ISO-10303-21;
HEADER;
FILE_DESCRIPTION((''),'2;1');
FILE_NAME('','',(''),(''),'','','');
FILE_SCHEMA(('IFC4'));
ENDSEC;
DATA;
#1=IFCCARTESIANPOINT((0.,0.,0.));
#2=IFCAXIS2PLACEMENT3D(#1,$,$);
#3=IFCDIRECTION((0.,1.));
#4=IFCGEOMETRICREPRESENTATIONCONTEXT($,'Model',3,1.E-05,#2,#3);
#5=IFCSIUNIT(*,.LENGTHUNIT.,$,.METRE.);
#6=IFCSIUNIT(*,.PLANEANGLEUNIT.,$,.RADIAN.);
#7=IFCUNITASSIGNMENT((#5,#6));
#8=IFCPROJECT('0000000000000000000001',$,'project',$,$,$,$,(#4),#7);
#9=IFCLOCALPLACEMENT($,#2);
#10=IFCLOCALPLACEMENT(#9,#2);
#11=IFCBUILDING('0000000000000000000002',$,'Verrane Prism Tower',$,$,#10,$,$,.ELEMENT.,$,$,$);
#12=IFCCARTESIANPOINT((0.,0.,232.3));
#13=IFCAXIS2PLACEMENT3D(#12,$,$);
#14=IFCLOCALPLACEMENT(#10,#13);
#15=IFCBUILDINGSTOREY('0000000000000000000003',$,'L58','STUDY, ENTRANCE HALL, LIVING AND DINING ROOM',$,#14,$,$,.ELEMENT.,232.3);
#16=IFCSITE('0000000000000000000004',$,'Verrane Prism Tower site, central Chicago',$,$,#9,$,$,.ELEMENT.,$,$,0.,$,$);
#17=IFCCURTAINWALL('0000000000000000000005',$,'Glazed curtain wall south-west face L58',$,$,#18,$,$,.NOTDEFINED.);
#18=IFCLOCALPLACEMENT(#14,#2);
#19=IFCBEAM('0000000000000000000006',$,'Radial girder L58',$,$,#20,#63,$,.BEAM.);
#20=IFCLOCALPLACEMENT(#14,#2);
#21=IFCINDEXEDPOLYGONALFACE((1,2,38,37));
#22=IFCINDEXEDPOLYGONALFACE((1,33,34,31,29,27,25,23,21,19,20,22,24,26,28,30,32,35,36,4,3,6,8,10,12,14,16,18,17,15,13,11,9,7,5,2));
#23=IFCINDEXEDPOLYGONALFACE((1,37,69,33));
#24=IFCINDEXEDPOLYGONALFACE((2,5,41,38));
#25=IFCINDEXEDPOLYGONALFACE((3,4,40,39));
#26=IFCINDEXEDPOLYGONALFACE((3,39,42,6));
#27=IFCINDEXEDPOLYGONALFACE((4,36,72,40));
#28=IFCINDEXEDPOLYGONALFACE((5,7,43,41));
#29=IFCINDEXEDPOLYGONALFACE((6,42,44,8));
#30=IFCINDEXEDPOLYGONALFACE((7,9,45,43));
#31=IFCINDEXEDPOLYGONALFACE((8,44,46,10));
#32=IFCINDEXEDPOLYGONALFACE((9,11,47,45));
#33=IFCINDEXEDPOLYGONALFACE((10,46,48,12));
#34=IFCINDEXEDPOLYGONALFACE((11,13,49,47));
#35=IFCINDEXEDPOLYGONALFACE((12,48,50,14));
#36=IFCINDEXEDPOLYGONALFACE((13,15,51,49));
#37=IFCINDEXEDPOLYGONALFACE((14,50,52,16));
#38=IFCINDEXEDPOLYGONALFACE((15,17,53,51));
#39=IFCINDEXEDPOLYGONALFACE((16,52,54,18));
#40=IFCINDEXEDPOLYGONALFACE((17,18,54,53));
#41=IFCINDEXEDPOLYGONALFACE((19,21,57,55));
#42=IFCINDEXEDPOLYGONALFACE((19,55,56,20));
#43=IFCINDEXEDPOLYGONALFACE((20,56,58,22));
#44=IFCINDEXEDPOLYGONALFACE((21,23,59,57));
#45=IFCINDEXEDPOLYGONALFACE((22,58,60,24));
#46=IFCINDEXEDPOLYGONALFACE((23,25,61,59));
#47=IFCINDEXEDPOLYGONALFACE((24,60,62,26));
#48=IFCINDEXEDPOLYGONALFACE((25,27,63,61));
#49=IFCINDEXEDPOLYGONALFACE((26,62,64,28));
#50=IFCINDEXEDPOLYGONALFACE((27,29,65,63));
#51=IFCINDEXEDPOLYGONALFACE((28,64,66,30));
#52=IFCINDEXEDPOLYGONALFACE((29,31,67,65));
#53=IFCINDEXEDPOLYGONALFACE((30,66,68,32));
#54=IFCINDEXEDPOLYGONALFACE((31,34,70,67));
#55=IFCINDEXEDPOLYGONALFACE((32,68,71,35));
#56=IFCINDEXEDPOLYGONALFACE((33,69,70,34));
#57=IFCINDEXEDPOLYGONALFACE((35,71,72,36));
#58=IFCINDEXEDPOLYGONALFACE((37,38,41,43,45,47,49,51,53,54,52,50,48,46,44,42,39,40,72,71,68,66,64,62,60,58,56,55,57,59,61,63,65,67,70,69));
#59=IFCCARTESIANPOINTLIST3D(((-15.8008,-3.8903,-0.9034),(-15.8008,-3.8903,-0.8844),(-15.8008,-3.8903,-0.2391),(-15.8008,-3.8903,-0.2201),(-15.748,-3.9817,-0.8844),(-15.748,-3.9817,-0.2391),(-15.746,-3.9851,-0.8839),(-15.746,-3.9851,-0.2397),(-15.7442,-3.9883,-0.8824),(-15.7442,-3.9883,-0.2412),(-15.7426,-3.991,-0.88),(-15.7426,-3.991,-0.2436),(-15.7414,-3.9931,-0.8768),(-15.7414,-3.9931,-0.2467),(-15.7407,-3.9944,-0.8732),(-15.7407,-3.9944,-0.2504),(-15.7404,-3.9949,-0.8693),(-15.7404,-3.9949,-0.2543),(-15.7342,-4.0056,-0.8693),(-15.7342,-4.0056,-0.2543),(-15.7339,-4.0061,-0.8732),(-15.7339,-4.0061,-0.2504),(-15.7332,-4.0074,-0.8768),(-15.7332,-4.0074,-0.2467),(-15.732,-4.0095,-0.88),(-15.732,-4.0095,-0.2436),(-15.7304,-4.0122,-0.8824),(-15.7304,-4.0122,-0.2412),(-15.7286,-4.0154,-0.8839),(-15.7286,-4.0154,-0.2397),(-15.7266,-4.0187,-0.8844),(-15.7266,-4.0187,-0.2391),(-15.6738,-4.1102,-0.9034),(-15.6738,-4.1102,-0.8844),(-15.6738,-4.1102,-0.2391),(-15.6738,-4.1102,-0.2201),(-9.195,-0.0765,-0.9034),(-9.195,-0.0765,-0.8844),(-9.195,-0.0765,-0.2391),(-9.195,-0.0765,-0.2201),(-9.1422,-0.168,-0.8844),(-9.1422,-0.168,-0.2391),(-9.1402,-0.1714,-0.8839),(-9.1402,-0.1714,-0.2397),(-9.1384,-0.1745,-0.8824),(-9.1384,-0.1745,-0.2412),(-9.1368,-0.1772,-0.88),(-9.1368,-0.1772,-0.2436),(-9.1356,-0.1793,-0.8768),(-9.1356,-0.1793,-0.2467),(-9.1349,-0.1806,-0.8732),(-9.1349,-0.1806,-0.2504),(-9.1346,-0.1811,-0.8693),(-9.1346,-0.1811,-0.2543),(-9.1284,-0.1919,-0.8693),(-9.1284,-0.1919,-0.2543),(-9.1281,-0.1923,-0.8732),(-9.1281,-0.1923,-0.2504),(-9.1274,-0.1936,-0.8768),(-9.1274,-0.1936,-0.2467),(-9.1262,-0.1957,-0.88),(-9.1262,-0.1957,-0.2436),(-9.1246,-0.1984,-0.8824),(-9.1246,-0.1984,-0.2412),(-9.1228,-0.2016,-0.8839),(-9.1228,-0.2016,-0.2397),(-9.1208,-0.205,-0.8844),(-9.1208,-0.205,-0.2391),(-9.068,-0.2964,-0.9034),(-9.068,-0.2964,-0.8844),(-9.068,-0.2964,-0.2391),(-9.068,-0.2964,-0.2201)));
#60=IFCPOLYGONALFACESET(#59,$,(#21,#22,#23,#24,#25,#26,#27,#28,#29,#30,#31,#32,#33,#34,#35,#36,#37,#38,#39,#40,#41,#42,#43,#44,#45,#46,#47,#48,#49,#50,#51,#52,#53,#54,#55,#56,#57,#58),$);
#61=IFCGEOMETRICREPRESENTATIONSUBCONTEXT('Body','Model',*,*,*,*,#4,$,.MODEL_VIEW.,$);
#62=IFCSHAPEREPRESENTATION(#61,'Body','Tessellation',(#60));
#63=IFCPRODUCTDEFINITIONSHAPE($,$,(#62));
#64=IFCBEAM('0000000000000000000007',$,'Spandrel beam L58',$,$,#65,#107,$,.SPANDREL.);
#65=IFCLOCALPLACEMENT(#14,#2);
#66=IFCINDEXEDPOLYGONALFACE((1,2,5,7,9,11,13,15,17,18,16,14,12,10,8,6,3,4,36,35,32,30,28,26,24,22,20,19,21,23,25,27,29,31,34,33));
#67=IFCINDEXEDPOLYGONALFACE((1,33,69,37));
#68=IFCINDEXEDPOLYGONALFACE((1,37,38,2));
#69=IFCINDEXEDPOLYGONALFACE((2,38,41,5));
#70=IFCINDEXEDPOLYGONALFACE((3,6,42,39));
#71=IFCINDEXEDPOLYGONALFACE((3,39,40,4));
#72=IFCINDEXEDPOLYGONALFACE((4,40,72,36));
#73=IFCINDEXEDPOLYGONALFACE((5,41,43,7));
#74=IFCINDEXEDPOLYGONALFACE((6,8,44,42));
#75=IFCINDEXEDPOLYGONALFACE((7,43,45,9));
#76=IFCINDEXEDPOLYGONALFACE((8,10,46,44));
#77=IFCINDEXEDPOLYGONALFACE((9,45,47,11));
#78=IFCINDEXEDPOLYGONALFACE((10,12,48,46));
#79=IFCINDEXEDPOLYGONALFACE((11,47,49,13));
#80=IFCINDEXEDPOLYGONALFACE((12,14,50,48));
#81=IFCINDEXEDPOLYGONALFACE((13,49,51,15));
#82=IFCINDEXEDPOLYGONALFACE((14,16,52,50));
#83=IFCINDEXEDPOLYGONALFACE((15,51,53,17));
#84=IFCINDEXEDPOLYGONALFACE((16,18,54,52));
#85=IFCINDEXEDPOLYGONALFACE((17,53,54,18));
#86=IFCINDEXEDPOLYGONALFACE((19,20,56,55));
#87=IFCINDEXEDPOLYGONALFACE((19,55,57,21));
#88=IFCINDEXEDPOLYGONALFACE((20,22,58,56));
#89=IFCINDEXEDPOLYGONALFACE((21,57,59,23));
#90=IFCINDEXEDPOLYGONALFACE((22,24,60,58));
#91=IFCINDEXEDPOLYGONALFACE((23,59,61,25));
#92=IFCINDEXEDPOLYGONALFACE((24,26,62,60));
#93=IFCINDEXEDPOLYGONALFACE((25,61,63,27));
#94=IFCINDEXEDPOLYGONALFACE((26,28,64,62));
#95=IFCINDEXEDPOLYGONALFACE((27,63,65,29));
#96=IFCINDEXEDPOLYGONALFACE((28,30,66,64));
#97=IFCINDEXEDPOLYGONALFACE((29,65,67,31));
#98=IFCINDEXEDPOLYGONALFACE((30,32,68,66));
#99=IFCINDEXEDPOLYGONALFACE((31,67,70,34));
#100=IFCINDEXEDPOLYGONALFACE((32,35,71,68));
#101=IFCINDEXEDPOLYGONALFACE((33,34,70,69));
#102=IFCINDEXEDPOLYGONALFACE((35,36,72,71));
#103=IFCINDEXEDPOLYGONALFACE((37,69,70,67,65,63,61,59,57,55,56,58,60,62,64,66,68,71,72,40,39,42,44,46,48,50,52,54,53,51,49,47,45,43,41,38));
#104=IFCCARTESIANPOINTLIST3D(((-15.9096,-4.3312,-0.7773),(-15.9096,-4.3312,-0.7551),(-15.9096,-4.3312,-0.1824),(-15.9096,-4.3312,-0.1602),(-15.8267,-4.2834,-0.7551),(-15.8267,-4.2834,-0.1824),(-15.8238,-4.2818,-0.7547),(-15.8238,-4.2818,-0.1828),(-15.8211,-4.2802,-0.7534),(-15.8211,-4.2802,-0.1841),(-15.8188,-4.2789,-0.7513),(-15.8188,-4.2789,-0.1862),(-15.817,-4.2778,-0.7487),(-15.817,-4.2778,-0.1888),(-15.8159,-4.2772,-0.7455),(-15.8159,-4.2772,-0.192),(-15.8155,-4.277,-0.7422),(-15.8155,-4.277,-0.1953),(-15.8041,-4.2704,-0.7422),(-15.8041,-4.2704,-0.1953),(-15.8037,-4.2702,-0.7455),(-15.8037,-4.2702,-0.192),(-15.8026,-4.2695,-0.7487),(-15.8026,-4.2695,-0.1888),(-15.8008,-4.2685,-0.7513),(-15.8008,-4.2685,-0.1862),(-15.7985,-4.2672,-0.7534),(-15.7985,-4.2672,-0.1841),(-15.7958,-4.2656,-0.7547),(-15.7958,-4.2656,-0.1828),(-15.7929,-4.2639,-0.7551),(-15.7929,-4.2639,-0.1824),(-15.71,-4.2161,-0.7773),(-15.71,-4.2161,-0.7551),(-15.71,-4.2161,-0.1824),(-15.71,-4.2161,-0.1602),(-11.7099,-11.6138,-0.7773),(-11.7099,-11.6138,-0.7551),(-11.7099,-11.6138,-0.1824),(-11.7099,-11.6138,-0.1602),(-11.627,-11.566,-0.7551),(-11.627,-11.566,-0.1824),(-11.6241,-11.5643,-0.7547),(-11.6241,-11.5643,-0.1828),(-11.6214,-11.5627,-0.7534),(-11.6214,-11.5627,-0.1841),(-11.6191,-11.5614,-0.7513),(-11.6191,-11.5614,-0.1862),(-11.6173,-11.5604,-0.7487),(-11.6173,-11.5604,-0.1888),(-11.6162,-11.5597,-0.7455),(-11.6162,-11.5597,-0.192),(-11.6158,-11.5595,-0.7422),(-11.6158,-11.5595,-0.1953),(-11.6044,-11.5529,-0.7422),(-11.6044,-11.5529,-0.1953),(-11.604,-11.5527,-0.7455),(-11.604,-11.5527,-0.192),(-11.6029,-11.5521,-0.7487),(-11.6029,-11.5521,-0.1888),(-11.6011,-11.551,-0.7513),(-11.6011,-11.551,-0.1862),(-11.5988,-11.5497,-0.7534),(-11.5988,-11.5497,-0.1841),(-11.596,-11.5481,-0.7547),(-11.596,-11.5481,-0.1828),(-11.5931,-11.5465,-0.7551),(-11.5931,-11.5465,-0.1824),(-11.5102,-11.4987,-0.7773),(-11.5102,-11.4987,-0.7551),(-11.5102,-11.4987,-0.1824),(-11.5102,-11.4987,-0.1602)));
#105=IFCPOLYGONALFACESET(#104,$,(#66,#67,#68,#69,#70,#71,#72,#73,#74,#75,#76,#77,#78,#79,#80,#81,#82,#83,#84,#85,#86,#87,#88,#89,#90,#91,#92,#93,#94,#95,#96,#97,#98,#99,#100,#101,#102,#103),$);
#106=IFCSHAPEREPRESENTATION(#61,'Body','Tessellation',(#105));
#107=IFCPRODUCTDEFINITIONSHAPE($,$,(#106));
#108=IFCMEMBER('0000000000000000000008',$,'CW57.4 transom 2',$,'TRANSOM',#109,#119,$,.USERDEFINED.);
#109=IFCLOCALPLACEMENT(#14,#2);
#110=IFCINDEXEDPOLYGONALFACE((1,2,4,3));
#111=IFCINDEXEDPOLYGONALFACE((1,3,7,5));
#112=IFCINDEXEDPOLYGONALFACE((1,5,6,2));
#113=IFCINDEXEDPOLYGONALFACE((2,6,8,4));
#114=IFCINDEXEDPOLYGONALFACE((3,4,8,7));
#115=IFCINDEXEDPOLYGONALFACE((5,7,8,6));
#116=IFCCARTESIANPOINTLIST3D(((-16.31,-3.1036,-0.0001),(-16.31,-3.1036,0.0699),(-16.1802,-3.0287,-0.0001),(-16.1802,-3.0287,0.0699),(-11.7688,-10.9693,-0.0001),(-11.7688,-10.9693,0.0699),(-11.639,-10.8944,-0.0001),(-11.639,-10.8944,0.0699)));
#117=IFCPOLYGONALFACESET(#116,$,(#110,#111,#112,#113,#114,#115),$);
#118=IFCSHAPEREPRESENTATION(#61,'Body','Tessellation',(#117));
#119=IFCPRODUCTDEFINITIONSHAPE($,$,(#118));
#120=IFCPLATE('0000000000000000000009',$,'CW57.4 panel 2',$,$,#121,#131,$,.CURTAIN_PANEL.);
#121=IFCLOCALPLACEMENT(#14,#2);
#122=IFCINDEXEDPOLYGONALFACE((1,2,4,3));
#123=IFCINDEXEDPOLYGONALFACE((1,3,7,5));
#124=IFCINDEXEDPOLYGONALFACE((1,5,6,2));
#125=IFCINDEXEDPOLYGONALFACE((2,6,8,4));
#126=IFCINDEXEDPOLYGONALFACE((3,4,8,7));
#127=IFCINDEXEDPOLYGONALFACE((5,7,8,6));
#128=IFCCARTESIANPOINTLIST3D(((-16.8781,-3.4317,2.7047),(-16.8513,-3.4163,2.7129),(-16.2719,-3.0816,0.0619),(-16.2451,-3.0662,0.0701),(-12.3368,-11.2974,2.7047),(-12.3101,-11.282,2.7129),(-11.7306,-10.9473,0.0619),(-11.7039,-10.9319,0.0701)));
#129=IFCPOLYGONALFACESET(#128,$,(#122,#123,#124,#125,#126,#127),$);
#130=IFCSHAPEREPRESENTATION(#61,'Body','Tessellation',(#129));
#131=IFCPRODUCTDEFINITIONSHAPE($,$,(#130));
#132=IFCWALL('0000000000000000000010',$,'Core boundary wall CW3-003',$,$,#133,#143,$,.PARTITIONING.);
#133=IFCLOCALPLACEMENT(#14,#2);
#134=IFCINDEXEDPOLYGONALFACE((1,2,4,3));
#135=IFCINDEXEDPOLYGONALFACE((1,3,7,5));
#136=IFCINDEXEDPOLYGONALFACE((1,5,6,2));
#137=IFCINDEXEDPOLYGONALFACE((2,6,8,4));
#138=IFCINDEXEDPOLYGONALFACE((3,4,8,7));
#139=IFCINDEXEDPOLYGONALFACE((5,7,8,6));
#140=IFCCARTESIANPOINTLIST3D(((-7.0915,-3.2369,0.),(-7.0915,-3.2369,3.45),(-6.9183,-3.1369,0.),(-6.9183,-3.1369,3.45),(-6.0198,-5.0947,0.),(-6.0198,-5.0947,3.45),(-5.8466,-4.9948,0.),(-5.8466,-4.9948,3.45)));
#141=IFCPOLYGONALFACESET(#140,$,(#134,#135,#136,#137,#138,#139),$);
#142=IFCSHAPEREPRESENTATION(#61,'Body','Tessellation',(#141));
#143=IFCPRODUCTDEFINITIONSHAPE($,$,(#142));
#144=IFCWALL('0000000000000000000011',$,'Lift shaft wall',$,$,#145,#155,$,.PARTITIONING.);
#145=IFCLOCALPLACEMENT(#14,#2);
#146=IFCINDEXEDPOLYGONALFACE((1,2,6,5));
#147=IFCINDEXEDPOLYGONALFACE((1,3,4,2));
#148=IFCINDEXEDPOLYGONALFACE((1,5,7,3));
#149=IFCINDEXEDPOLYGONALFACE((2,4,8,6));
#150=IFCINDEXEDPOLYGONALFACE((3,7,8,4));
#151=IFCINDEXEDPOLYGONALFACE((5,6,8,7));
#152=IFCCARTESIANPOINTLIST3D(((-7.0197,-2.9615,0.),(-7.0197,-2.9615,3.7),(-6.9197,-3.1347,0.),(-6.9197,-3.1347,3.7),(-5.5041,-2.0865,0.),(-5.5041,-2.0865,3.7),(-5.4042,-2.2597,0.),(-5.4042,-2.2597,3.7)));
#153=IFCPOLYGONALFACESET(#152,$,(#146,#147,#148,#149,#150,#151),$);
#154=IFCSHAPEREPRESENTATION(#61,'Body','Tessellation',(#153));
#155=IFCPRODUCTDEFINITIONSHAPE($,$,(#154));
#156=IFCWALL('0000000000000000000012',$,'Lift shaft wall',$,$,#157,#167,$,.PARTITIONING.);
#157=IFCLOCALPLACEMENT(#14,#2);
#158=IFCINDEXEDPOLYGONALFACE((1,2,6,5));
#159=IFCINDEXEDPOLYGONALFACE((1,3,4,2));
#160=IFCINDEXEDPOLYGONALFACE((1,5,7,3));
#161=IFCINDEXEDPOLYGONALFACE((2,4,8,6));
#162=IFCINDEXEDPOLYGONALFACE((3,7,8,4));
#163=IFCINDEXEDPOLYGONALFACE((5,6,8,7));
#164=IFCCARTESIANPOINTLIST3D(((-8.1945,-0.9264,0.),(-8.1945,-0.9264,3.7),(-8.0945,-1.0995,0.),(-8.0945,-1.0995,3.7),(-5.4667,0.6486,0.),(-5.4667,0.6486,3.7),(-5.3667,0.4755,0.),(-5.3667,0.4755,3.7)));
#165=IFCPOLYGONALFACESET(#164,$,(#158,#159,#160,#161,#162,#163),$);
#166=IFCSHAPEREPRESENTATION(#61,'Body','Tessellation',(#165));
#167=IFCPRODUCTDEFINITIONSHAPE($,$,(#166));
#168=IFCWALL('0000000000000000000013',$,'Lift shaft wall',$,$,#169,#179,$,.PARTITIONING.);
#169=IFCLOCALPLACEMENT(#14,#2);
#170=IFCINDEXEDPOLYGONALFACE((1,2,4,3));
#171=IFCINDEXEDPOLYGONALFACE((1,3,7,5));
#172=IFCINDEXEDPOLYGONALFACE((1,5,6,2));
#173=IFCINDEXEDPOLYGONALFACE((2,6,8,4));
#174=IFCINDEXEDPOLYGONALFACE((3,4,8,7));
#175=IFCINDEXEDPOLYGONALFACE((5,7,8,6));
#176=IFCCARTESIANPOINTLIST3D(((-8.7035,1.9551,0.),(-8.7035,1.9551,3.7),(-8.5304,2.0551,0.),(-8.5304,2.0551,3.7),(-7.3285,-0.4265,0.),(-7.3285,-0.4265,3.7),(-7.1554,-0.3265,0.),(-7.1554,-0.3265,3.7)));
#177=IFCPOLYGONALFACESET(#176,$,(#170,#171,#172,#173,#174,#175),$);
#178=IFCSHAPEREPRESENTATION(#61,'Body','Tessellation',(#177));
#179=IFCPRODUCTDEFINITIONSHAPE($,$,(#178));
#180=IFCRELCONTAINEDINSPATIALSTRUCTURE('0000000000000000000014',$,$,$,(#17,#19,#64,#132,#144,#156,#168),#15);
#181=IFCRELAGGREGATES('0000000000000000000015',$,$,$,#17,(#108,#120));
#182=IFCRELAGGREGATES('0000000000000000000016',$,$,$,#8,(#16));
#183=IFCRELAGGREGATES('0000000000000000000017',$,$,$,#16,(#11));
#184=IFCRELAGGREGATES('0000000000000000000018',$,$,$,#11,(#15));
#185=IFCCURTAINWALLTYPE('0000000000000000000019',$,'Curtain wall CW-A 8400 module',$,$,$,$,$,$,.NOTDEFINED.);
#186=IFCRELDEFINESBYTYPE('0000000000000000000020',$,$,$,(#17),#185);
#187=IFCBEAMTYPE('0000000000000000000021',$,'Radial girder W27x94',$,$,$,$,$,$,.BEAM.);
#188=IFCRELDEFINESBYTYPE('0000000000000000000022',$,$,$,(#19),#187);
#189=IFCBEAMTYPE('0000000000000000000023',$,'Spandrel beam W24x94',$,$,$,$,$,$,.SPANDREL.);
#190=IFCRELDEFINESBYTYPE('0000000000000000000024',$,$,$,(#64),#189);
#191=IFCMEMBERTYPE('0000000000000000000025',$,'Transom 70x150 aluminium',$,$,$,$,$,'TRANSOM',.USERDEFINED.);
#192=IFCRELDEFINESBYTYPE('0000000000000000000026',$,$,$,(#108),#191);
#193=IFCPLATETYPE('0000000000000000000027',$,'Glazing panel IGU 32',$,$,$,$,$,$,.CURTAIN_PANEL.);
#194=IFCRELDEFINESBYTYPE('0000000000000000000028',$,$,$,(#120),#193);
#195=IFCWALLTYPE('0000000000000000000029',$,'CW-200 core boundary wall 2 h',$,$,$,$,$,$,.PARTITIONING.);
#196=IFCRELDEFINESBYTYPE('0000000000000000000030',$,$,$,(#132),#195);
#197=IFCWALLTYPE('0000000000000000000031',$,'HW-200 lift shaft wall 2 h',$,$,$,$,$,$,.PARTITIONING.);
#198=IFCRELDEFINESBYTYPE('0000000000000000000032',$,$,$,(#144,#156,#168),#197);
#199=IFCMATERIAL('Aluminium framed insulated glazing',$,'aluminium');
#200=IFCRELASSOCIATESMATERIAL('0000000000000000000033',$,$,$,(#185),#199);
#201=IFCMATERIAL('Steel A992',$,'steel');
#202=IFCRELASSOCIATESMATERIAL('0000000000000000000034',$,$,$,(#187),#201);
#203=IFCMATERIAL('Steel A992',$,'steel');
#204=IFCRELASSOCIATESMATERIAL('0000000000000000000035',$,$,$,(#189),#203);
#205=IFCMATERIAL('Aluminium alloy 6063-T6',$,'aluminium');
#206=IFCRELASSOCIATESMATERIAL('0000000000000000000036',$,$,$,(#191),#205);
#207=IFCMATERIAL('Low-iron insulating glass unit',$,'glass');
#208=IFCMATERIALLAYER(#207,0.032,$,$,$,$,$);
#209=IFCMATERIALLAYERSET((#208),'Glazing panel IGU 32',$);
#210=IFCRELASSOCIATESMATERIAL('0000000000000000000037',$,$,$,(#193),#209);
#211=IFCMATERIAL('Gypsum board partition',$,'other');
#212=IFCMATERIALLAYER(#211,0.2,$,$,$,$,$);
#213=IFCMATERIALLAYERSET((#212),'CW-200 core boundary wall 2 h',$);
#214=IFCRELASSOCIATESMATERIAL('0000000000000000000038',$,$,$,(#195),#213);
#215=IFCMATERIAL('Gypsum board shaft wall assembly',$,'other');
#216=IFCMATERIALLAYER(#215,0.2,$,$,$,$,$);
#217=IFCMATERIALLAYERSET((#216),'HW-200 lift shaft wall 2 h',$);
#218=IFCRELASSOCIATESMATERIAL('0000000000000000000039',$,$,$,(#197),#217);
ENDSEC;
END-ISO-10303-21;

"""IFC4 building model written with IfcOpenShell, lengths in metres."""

from ifc_helpers import new_model, si_unit, direction, frame, frame_2d, origin, origin_2d, place, context, subcontext, project, spatial, polyline, rectangle, i_section, outline, extrude, material, layer, layer_set, material_profile, profile_set, type_object, element, aggregate, save


model = new_model("IFC4")

# Units and contexts
model_context = context("Model", 3, precision=1e-05, world=origin(), true_north=direction((0.0, 1.0)))
body_context = subcontext(model_context, "Body", "Model", "MODEL_VIEW")
ifc_project = project(units=[si_unit("LENGTHUNIT", "METRE"), si_unit("PLANEANGLEUNIT", "RADIAN")], contexts=[model_context])

# Site, building, storey
site_placement = place(None, origin())
site = spatial("IfcSite", under=ifc_project, at=site_placement, Name="Verrane Prism Tower site, central Chicago", CompositionType="ELEMENT", RefElevation=0.0)
building_placement = place(site_placement, origin())
building = spatial("IfcBuilding", under=site, at=building_placement, Name="Verrane Prism Tower", CompositionType="ELEMENT")
storey_placement = place(building_placement, frame((0.0, 0.0, 232.3)))
storey = spatial("IfcBuildingStorey", under=building, at=storey_placement, Name="L58", Description="STUDY, ENTRANCE HALL, LIVING AND DINING ROOM", CompositionType="ELEMENT", Elevation=232.3)

# Curtain wall
ifc_material_1 = material(Name="Aluminium framed insulated glazing", Category="aluminium")
curtain_wall_type = type_object("IfcCurtainWallType", Name="Curtain wall CW-A 8400 module", PredefinedType="NOTDEFINED", material=ifc_material_1)
curtain_wall_placement = place(storey_placement, origin())
curtain_wall = element("IfcCurtainWall", 1, at=curtain_wall_placement, inside=storey, type_object=curtain_wall_type, Name="Glazed curtain wall south-west face L58", PredefinedType="NOTDEFINED")

# Beams
ifc_material_2 = material(Name="Steel A992", Category="steel")
ifc_material_profile_1 = material_profile(ifc_material_2, i_section(OverallWidth=0.2539, OverallDepth=0.6833, WebThickness=0.0125, FlangeThickness=0.019, FilletRadius=0.0151, at=origin_2d()), Name="W27x94")
ifc_profile_set_1 = profile_set([ifc_material_profile_1], Name="Steel A992")
beam_type_1 = type_object("IfcBeamType", Name="Radial girder W27x94", PredefinedType="BEAM", material=ifc_profile_set_1)
beam_1_placement = place(storey_placement, frame((-15.7373, -4.0002, -0.5618), z_axis=(0.86603, 0.499991, 0.0), x_axis=(-0.499991, 0.86603, 0.0)))
element("IfcBeam", 2, at=beam_1_placement, inside=storey, type_object=beam_type_1, Name="Radial girder L58", PredefinedType="BEAM", context=body_context, shape_type="SweptSolid", body=[
    extrude(i_section(OverallWidth=0.2539, OverallDepth=0.6833, WebThickness=0.0125, FlangeThickness=0.019, FilletRadius=0.0151, at=origin_2d()), origin(), (0.0, 0.0, 1.0), 7.6277),
])
ifc_material_3 = material(Name="Steel A992", Category="steel")
ifc_material_profile_2 = material_profile(ifc_material_3, i_section(OverallWidth=0.2305, OverallDepth=0.6172, WebThickness=0.0132, FlangeThickness=0.0222, FilletRadius=0.0129, at=origin_2d()), Name="W24x94")
ifc_profile_set_2 = profile_set([ifc_material_profile_2], Name="Steel A992")
beam_type_2 = type_object("IfcBeamType", Name="Spandrel beam W24x94", PredefinedType="SPANDREL", material=ifc_profile_set_2)
beam_2_placement = place(storey_placement, frame((-15.8098, -4.2737, -0.4688), z_axis=(0.499569, -0.866274, 0.0), x_axis=(0.866274, 0.499569, 0.0)))
element("IfcBeam", 3, at=beam_2_placement, inside=storey, type_object=beam_type_2, Name="Spandrel beam L58", PredefinedType="SPANDREL", context=body_context, shape_type="SweptSolid", body=[
    extrude(i_section(OverallWidth=0.2305, OverallDepth=0.6172, WebThickness=0.0132, FlangeThickness=0.0222, FilletRadius=0.0129, at=origin_2d()), origin(), (0.0, 0.0, 1.0), 8.4067),
])

# Member
ifc_material_4 = material(Name="Aluminium alloy 6063-T6", Category="aluminium")
ifc_material_profile_3 = material_profile(ifc_material_4, rectangle(XDim=0.1499, YDim=0.0701, at=origin_2d()), Name="Transom 70x150 aluminium")
ifc_profile_set_3 = profile_set([ifc_material_profile_3], Name="Aluminium alloy 6063-T6")
member_type_1 = type_object("IfcMemberType", Name="Transom 70x150 aluminium", ElementType="TRANSOM", PredefinedType="USERDEFINED", material=ifc_profile_set_3)
member_1_placement = place(storey_placement, frame((-16.2451, -3.0662, 0.0349), z_axis=(0.499999, -0.866026, 0.0), x_axis=(0.866026, 0.499999, 0.0)))
member_1 = element("IfcMember", 4, at=member_1_placement, type_object=member_type_1, Name="CW57.4 transom 2", ObjectType="TRANSOM", PredefinedType="USERDEFINED", context=body_context, shape_type="SweptSolid", body=[
    extrude(rectangle(XDim=0.1499, YDim=0.0701, at=origin_2d()), origin(), (0.0, 0.0, 1.0), 9.0825),
])

# Plate
ifc_material_5 = material(Name="Low-iron insulating glass unit", Category="glass")
ifc_layer_1 = layer(ifc_material_5, 0.032)
ifc_layer_set_1 = layer_set([ifc_layer_1], Name="Glazing panel IGU 32")
plate_type = type_object("IfcPlateType", Name="Glazing panel IGU 32", PredefinedType="CURTAIN_PANEL", material=ifc_layer_set_1)
plate_placement = place(storey_placement, frame((-16.2451, -3.0662, 0.0701), z_axis=(0.837156, 0.48333, 0.256051), x_axis=(0.499999, -0.866026, 0.0)))
plate = element("IfcPlate", 5, at=plate_placement, type_object=plate_type, Name="CW57.4 panel 2", PredefinedType="CURTAIN_PANEL", context=body_context, shape_type="SweptSolid", body=[
    extrude(outline(polyline([(0.0, 0.0), (9.0825, 0.0), (9.0826, -2.734), (0.0001, -2.734), (0.0, 0.0)])), origin(), (0.0, 0.0, -1.0), 0.032),
])
aggregate(curtain_wall, [member_1, plate])

# Walls
ifc_material_6 = material(Name="Gypsum board partition", Category="other")
ifc_layer_2 = layer(ifc_material_6, 0.2)
ifc_layer_set_2 = layer_set([ifc_layer_2], Name="CW-200 core boundary wall 2 h")
wall_type_1 = type_object("IfcWallType", Name="CW-200 core boundary wall 2 h", PredefinedType="PARTITIONING", material=ifc_layer_set_2)
wall_1_placement = place(storey_placement, frame((-7.0049, -3.187, 0.0), z_axis=(0.0, 0.0, 1.0), x_axis=(0.49969, -0.866205, 0.0)))
element("IfcWall", 6, at=wall_1_placement, inside=storey, type_object=wall_type_1, Name="Core boundary wall CW3-003", PredefinedType="PARTITIONING", context=body_context, shape_type="SweptSolid", body=[
    extrude(rectangle(XDim=2.1448, YDim=0.2, at=frame_2d((1.0723, 0.0))), origin(), (0.0, 0.0, 1.0), 3.45),
])
ifc_material_7 = material(Name="Gypsum board shaft wall assembly", Category="other")
ifc_layer_3 = layer(ifc_material_7, 0.2)
ifc_layer_set_3 = layer_set([ifc_layer_3], Name="HW-200 lift shaft wall 2 h")
wall_type_2 = type_object("IfcWallType", Name="HW-200 lift shaft wall 2 h", PredefinedType="PARTITIONING", material=ifc_layer_set_3)
wall_2_placement = place(storey_placement, frame((-6.9697, -3.0481, 0.0), z_axis=(0.0, 0.0, 1.0), x_axis=(0.866037, 0.49998, 0.0)))
element("IfcWall", 7, at=wall_2_placement, inside=storey, type_object=wall_type_2, Name="Lift shaft wall", PredefinedType="PARTITIONING", context=body_context, shape_type="SweptSolid", body=[
    extrude(rectangle(XDim=1.75, YDim=0.2, at=frame_2d((0.875, 0.0))), origin(), (0.0, 0.0, 1.0), 3.7),
])
wall_3_placement = place(storey_placement, frame((-8.1445, -1.0129, 0.0), z_axis=(0.0, 0.0, 1.0), x_axis=(0.866016, 0.500015, 0.0)))
element("IfcWall", 8, at=wall_3_placement, inside=storey, type_object=wall_type_2, Name="Lift shaft wall", PredefinedType="PARTITIONING", context=body_context, shape_type="SweptSolid", body=[
    extrude(rectangle(XDim=3.1499, YDim=0.2, at=frame_2d((1.575, 0.0))), origin(), (0.0, 0.0, 1.0), 3.7),
])
wall_4_placement = place(storey_placement, frame((-7.2419, -0.3765, 0.0), z_axis=(0.0, 0.0, 1.0), x_axis=(-0.499997, 0.866027, 0.0)))
element("IfcWall", 9, at=wall_4_placement, inside=storey, type_object=wall_type_2, Name="Lift shaft wall", PredefinedType="PARTITIONING", context=body_context, shape_type="SweptSolid", body=[
    extrude(rectangle(XDim=2.75, YDim=0.2, at=frame_2d((1.375, 0.0))), origin(), (0.0, 0.0, 1.0), 3.7),
])

save(model, "model.ifc")
